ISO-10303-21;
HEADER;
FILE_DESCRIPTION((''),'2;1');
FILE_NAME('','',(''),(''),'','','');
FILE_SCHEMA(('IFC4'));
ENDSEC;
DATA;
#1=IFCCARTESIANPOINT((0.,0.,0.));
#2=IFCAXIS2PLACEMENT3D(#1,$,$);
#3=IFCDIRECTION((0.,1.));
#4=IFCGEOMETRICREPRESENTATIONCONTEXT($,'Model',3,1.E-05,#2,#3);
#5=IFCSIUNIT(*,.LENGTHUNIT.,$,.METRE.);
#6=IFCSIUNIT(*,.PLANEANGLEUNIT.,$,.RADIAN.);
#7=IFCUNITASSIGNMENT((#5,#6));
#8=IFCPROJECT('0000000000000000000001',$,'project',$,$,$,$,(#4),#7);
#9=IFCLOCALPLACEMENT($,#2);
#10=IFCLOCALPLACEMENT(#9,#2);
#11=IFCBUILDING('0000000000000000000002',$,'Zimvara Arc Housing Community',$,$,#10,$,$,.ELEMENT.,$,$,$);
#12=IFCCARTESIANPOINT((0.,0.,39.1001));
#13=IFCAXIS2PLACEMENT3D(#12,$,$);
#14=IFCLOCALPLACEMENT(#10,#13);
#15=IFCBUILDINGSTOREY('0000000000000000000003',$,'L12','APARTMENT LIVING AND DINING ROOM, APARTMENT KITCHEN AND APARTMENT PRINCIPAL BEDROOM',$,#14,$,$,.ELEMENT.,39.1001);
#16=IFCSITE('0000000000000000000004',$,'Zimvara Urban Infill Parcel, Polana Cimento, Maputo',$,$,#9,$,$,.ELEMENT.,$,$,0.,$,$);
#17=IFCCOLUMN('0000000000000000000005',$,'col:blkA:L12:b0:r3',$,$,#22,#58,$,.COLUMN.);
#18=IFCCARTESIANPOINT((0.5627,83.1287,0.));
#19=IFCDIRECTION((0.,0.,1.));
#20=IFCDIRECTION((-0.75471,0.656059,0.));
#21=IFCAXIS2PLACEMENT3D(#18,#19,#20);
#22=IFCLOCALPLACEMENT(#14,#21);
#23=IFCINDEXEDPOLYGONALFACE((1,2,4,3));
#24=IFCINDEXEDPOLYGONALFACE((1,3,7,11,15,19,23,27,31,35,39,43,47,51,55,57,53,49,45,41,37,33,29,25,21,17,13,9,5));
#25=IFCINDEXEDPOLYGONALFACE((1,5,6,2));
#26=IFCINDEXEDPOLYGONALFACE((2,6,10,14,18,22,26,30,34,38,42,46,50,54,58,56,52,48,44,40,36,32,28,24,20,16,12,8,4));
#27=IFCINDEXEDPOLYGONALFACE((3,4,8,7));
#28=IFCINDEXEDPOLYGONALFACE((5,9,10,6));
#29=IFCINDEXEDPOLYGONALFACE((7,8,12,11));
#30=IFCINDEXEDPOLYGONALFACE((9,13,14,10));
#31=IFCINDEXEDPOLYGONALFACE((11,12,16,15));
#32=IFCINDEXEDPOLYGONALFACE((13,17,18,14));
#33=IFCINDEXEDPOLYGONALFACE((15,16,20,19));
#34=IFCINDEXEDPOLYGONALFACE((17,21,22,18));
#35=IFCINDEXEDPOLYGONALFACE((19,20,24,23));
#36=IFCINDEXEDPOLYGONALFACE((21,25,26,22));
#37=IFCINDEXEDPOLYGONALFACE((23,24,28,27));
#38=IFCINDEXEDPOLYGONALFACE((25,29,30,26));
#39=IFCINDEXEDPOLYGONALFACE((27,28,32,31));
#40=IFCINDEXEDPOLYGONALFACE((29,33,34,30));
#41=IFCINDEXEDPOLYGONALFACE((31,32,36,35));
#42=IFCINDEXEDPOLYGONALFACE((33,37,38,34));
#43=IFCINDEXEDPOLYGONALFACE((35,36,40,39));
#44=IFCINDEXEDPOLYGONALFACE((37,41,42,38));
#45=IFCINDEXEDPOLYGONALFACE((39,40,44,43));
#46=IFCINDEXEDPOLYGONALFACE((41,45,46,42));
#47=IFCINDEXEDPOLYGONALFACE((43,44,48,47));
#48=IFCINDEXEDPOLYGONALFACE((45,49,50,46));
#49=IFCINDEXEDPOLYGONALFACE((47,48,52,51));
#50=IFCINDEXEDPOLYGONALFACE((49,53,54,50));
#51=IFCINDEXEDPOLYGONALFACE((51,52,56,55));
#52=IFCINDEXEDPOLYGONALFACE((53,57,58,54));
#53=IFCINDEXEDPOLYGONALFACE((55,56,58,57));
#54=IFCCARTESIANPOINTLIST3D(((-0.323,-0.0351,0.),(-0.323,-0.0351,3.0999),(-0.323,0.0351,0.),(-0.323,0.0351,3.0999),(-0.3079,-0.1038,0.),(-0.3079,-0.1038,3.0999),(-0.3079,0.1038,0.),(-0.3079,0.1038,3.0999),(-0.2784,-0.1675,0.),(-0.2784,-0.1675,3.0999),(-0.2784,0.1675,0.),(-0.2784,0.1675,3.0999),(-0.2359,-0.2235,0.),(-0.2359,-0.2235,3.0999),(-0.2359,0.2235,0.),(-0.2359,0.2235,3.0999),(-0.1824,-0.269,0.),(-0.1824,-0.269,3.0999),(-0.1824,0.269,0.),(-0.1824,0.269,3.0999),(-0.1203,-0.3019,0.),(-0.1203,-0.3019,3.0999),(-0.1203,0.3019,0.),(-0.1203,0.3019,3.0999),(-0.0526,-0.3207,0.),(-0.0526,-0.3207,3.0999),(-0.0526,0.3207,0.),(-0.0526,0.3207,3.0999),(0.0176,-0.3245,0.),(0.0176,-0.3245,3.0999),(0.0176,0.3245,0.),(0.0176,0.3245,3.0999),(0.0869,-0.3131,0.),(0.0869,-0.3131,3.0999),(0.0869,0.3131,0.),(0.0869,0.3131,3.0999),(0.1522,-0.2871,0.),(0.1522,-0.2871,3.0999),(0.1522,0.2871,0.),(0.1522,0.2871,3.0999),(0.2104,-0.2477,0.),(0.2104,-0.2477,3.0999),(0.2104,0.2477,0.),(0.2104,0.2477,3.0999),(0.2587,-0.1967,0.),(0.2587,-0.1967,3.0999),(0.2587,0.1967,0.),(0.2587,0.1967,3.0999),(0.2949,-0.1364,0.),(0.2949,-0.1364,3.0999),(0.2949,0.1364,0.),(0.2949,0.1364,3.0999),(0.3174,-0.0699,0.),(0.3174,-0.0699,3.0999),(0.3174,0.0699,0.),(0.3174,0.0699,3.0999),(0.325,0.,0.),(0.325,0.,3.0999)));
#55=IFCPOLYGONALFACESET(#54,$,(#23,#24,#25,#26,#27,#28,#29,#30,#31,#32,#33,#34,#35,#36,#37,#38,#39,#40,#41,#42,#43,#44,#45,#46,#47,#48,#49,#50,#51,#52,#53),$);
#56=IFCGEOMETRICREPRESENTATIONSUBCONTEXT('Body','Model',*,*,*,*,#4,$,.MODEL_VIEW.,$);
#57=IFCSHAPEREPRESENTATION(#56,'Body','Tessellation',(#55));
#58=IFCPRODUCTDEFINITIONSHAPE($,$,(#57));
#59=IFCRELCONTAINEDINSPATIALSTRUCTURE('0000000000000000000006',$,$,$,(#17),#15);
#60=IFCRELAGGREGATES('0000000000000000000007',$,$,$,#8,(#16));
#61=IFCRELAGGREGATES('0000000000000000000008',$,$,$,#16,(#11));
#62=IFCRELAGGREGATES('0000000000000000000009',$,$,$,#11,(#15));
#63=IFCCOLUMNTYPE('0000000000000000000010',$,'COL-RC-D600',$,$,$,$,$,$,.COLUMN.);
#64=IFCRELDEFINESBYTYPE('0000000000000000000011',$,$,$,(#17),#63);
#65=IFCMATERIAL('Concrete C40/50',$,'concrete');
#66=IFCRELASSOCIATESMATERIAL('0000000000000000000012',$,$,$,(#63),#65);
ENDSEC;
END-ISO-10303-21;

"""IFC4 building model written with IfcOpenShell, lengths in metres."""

from ifc_helpers import new_model, si_unit, direction, frame, origin, origin_2d, place, context, subcontext, project, spatial, circle, extrude, material, material_profile, profile_set, type_object, element, save


model = new_model("IFC4")

# Units and contexts
model_context = context("Model", 3, precision=1e-05, world=origin(), true_north=direction((0.0, 1.0)))
body_context = subcontext(model_context, "Body", "Model", "MODEL_VIEW")
ifc_project = project(units=[si_unit("LENGTHUNIT", "METRE"), si_unit("PLANEANGLEUNIT", "RADIAN")], contexts=[model_context])

# Site, building, storey
site_placement = place(None, origin())
site = spatial("IfcSite", under=ifc_project, at=site_placement, Name="Zimvara Urban Infill Parcel, Polana Cimento, Maputo", CompositionType="ELEMENT", RefElevation=0.0)
building_placement = place(site_placement, origin())
building = spatial("IfcBuilding", under=site, at=building_placement, Name="Zimvara Arc Housing Community", CompositionType="ELEMENT")
storey_placement = place(building_placement, frame((0.0, 0.0, 39.1001)))
storey = spatial("IfcBuildingStorey", under=building, at=storey_placement, Name="L12", Description="APARTMENT LIVING AND DINING ROOM, APARTMENT KITCHEN AND APARTMENT PRINCIPAL BEDROOM", CompositionType="ELEMENT", Elevation=39.1001)

# Column
ifc_material_1 = material(Name="Concrete C40/50", Category="concrete")
ifc_material_profile_1 = material_profile(ifc_material_1, circle(Radius=0.325, at=origin_2d()), Name="RC D650")
ifc_profile_set_1 = profile_set([ifc_material_profile_1], Name="Concrete C40/50")
column_type_1 = type_object("IfcColumnType", Name="COL-RC-D600", PredefinedType="COLUMN", material=ifc_profile_set_1)
column_1_placement = place(storey_placement, frame((0.5627, 83.1287, 0.0), z_axis=(0.0, 0.0, 1.0), x_axis=(-0.75471, 0.656059, 0.0)))
element("IfcColumn", 1, at=column_1_placement, inside=storey, type_object=column_type_1, Name="col:blkA:L12:b0:r3", PredefinedType="COLUMN", context=body_context, shape_type="SweptSolid", body=[
    extrude(circle(Radius=0.325, at=origin_2d()), origin(), (0.0, 0.0, 1.0), 3.0999),
])

save(model, "model.ifc")
